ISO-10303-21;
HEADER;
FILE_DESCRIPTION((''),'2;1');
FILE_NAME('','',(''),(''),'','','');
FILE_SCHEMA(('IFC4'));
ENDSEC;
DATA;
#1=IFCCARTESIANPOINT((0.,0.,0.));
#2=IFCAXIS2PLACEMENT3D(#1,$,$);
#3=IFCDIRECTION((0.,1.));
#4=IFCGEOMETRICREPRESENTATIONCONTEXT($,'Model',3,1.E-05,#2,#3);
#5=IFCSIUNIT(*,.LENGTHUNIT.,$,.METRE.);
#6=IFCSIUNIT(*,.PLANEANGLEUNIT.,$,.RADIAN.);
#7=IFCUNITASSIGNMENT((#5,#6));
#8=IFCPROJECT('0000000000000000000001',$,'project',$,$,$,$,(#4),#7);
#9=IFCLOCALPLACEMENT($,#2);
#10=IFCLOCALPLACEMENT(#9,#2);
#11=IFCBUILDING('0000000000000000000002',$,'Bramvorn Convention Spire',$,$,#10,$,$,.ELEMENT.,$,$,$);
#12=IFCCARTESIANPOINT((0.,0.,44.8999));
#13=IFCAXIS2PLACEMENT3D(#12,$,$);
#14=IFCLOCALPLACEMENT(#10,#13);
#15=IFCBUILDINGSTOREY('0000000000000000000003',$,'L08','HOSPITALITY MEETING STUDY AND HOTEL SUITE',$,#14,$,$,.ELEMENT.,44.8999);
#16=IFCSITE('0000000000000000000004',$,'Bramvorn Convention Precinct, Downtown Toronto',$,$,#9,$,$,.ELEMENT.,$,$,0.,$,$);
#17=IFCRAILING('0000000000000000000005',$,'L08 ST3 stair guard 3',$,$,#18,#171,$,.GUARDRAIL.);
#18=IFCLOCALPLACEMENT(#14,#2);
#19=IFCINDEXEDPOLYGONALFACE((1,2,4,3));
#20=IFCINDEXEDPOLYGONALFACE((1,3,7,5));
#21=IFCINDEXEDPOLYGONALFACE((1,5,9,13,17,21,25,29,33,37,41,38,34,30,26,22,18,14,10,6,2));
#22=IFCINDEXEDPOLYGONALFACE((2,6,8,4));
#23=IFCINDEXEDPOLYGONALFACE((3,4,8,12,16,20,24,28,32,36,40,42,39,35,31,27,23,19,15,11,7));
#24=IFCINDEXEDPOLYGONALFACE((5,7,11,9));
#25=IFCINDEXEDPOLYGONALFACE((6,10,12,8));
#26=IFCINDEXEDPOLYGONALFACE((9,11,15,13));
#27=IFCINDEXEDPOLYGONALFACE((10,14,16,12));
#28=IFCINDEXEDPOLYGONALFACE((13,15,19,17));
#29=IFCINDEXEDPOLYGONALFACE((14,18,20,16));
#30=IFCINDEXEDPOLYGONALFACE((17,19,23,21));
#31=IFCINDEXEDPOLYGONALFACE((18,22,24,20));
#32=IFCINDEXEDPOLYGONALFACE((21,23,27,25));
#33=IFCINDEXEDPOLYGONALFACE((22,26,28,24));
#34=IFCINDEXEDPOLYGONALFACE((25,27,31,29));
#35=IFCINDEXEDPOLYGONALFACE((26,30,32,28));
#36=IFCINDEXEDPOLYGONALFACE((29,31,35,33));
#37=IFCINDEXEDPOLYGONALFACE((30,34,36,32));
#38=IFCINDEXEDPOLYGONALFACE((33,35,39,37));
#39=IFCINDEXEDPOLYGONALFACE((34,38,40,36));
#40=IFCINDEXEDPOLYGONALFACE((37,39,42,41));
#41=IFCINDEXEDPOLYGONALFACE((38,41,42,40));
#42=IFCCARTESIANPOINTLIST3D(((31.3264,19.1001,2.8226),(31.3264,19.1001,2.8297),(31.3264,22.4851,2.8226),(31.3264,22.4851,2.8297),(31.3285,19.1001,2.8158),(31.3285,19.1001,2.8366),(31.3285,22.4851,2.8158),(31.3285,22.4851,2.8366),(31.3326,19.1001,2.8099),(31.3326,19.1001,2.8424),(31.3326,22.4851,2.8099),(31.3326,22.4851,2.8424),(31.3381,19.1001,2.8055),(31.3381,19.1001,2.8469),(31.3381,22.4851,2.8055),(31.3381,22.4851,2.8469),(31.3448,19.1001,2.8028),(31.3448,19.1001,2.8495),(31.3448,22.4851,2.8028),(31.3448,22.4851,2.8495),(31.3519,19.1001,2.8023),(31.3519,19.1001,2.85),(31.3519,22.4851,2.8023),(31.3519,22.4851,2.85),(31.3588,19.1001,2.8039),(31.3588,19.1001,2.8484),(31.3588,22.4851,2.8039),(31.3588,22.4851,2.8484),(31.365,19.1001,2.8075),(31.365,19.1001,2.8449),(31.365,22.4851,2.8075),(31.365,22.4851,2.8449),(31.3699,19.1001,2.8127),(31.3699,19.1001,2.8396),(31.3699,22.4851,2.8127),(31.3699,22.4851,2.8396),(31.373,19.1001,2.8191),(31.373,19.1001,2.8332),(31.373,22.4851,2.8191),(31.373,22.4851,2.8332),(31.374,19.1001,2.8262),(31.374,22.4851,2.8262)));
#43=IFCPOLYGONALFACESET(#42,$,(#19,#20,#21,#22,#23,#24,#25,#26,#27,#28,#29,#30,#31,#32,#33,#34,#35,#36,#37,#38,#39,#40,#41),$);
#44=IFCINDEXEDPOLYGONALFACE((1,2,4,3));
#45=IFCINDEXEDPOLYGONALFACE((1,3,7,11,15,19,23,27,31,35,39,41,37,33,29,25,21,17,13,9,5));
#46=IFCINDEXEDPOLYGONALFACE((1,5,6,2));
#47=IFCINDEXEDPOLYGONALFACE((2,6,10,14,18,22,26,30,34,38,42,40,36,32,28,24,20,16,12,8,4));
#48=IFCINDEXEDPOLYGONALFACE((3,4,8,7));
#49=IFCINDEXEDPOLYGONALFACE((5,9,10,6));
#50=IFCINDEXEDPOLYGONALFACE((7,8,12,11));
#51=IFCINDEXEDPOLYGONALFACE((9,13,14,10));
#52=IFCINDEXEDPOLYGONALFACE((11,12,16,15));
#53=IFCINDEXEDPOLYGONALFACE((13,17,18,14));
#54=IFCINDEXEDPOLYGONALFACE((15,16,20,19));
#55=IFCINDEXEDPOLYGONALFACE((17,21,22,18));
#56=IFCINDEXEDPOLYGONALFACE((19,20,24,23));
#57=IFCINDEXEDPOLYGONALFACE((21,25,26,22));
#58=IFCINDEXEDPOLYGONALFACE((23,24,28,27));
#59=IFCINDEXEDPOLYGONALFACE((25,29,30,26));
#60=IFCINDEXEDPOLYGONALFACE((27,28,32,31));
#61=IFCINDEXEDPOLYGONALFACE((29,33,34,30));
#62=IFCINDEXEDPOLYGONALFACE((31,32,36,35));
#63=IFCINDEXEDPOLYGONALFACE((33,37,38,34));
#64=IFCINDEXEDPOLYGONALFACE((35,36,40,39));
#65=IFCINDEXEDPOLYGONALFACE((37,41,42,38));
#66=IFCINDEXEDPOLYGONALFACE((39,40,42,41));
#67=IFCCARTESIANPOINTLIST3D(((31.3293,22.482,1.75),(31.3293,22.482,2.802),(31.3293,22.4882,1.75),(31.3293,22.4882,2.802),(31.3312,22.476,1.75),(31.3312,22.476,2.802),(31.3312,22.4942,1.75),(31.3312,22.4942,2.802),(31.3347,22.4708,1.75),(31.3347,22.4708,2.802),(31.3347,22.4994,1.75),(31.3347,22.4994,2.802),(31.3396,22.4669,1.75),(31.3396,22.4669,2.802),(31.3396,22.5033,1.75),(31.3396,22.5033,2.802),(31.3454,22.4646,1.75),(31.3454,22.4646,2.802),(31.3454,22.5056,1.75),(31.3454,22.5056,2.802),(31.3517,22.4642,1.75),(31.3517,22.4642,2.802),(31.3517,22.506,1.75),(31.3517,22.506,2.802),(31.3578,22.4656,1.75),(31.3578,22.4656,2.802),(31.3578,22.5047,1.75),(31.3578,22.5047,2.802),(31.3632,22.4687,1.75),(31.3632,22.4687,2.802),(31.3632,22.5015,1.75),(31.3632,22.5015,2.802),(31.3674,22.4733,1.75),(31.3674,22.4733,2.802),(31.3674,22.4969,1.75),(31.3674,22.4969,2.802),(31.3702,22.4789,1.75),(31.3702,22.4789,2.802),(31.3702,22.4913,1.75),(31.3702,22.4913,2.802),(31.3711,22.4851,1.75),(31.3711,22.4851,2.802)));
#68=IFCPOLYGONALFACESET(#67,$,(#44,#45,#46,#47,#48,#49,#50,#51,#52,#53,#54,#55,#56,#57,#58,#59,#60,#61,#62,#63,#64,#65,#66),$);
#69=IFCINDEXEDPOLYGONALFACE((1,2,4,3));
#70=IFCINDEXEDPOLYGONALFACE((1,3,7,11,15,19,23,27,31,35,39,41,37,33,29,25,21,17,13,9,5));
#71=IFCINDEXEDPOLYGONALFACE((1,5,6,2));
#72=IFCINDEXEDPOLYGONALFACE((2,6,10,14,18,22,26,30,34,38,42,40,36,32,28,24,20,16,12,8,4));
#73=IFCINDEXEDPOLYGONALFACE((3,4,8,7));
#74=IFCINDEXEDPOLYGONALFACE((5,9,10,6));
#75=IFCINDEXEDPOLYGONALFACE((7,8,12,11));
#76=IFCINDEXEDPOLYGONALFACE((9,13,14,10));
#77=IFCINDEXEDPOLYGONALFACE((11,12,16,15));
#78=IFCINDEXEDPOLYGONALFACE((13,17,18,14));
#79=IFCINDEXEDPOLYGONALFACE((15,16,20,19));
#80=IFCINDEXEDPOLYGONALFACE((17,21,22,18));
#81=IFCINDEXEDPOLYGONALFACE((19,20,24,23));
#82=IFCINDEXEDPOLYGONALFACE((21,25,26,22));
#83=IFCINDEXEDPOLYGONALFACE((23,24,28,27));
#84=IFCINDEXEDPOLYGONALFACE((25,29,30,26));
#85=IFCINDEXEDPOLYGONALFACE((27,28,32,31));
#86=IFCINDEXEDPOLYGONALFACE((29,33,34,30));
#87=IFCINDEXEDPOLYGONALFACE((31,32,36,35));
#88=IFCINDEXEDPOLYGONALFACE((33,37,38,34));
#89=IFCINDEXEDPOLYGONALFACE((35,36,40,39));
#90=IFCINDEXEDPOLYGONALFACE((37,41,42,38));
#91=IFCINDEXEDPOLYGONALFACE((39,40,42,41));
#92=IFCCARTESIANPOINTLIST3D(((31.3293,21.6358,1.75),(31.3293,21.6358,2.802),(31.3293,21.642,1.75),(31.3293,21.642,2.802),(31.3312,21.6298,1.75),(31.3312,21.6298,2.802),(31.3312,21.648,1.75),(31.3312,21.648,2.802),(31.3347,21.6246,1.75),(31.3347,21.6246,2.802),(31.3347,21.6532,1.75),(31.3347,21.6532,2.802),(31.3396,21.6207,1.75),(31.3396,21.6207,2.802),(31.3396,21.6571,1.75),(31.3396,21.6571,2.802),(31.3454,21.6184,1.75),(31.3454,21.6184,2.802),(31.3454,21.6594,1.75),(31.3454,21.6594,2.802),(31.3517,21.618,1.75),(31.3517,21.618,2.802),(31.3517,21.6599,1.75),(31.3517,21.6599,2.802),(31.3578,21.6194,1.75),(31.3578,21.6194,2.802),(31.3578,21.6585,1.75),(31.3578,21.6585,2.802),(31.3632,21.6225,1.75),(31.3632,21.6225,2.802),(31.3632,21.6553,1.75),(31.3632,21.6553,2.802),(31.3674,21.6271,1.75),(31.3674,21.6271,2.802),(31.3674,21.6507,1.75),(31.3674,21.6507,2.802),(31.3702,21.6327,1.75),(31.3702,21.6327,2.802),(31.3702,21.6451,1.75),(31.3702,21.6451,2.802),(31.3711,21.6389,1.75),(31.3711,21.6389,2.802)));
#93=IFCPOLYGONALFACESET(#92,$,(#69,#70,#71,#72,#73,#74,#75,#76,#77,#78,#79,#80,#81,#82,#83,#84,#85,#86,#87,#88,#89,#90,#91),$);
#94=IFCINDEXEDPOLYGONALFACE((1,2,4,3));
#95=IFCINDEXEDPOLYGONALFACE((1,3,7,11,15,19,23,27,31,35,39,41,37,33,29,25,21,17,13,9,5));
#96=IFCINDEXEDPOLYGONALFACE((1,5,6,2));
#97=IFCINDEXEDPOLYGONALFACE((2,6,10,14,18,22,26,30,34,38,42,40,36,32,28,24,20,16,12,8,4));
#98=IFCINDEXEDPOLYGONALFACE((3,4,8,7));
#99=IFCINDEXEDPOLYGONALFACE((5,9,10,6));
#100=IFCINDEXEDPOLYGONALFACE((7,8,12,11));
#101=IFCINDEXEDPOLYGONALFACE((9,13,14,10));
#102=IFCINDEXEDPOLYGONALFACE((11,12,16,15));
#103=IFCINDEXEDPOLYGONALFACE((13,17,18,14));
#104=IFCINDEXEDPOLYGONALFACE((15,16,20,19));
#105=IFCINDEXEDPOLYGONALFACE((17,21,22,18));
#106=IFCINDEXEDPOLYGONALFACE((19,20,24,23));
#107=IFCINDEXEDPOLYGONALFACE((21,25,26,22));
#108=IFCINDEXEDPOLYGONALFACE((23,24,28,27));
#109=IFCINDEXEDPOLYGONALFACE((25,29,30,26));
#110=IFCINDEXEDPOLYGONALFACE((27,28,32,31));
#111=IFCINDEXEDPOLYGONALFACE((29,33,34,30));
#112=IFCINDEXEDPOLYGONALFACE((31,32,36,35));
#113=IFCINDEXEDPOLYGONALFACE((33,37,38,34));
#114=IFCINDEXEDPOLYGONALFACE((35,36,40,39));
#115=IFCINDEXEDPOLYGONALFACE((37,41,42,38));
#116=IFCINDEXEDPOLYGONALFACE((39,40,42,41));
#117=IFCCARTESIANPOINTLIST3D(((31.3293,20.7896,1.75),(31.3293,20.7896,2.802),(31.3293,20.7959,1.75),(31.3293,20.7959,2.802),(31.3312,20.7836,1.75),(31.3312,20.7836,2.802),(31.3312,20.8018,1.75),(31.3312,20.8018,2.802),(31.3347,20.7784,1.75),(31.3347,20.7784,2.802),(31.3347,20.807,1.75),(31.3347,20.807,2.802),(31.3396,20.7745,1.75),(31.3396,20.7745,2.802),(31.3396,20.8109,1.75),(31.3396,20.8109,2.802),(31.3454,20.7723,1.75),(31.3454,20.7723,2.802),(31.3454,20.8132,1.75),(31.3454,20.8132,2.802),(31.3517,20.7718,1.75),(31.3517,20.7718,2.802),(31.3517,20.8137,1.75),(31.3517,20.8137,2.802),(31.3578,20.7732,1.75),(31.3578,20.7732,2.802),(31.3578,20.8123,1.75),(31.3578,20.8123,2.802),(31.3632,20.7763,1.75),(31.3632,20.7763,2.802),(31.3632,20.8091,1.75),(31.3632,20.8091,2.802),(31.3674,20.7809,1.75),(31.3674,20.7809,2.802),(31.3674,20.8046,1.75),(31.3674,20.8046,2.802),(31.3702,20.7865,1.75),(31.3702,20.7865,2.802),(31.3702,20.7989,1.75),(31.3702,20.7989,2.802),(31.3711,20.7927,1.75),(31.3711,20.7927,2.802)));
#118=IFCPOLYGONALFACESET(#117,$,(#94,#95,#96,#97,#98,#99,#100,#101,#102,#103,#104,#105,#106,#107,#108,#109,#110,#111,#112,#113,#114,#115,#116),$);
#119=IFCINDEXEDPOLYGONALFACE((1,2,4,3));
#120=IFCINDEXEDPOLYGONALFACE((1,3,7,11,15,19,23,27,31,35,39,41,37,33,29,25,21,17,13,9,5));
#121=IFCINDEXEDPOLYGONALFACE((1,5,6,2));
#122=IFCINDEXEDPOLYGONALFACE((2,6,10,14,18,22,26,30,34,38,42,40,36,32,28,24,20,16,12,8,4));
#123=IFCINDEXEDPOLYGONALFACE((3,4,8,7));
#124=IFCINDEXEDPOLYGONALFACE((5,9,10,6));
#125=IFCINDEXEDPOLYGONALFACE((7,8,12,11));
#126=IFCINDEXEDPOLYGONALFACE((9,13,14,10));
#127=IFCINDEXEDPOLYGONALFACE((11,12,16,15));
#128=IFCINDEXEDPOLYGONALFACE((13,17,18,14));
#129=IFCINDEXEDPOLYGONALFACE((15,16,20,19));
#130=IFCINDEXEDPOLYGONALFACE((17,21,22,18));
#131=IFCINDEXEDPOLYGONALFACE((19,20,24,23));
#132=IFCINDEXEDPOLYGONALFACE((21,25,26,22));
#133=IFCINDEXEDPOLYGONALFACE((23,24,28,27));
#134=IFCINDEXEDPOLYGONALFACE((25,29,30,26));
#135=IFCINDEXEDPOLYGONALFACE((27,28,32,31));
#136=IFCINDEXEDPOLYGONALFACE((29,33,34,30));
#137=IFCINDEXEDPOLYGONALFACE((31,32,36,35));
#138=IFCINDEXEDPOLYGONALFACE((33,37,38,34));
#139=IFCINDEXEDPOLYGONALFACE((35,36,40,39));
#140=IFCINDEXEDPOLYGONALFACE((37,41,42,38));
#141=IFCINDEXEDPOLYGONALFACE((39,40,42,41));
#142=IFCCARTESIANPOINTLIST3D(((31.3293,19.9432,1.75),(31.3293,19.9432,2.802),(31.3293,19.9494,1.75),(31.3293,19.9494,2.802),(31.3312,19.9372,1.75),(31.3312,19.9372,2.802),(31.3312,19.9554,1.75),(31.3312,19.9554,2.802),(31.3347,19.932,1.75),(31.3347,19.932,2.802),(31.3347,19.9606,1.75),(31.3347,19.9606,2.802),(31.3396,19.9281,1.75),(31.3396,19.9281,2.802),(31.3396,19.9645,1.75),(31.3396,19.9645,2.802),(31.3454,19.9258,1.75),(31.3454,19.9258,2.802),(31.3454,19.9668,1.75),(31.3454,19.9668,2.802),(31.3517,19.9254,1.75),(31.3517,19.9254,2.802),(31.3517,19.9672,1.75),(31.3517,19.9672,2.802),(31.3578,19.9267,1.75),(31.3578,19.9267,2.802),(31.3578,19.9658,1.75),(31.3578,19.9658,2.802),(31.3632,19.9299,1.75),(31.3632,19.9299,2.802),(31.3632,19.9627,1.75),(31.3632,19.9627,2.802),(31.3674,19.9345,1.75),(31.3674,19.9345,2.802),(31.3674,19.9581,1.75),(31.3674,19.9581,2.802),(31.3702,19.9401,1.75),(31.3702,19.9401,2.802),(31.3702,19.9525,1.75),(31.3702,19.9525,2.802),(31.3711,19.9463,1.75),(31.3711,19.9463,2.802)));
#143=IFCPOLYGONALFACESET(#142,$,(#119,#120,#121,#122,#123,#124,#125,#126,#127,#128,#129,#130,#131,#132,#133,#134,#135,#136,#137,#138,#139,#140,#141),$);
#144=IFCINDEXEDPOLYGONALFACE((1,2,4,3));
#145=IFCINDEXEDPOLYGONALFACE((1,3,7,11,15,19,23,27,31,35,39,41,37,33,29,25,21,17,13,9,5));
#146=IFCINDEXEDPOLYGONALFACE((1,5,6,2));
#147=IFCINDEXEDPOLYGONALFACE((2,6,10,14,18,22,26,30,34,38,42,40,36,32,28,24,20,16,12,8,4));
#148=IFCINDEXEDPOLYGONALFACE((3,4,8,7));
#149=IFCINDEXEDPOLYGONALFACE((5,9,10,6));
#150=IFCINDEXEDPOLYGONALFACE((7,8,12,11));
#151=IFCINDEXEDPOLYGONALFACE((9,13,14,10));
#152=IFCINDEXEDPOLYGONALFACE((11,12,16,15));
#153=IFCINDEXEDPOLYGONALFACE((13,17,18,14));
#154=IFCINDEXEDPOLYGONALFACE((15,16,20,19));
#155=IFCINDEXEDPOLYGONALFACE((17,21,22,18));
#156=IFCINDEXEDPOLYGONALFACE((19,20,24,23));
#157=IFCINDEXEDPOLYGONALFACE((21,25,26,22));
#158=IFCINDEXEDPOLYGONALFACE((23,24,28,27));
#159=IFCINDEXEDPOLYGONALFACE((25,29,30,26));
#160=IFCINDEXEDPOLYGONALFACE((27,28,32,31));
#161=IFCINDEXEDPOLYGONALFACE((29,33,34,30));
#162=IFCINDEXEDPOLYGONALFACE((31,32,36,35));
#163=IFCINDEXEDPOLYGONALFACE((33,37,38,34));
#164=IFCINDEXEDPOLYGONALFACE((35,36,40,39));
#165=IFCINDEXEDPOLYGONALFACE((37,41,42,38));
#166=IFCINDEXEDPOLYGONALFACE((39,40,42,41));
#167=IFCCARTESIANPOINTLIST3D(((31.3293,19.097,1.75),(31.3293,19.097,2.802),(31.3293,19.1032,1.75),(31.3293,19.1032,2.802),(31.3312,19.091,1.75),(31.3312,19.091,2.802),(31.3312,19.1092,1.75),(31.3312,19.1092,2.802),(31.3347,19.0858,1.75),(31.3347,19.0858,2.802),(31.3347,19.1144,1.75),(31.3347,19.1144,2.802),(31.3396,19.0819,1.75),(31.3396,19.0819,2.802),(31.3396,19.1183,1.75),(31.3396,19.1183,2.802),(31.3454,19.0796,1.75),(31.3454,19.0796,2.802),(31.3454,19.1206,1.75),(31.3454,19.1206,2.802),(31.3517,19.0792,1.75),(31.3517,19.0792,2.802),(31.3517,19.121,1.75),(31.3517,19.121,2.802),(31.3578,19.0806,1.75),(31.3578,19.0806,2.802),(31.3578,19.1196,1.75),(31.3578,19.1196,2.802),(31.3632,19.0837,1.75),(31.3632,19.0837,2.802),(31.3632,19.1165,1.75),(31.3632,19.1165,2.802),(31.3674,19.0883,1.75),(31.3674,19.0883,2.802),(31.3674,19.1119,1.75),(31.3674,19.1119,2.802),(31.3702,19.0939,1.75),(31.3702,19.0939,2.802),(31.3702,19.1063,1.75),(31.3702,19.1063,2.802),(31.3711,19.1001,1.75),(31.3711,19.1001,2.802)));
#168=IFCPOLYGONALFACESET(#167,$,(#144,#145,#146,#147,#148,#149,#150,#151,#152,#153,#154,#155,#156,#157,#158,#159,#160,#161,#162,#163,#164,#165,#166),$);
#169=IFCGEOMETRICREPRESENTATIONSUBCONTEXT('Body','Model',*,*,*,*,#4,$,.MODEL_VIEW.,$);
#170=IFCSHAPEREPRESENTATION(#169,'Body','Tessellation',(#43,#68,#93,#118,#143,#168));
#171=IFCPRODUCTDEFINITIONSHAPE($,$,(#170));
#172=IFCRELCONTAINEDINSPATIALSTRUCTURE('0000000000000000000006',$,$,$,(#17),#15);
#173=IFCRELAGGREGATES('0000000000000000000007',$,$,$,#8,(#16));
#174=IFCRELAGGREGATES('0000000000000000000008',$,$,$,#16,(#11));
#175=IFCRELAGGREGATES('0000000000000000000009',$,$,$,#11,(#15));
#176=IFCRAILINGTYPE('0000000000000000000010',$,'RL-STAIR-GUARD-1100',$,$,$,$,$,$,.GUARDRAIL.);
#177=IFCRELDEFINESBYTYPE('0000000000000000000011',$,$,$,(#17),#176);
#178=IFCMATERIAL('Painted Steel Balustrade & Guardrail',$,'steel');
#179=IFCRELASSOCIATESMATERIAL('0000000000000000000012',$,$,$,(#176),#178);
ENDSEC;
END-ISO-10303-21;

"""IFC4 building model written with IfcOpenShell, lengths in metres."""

from ifc_helpers import new_model, si_unit, direction, frame, origin, origin_2d, place, context, subcontext, project, spatial, circle, extrude, material, type_object, element, save


model = new_model("IFC4")

# Units and contexts
model_context = context("Model", 3, precision=1e-05, world=origin(), true_north=direction((0.0, 1.0)))
body_context = subcontext(model_context, "Body", "Model", "MODEL_VIEW")
ifc_project = project(units=[si_unit("LENGTHUNIT", "METRE"), si_unit("PLANEANGLEUNIT", "RADIAN")], contexts=[model_context])

# Site, building, storey
site_placement = place(None, origin())
site = spatial("IfcSite", under=ifc_project, at=site_placement, Name="Bramvorn Convention Precinct, Downtown Toronto", CompositionType="ELEMENT", RefElevation=0.0)
building_placement = place(site_placement, origin())
building = spatial("IfcBuilding", under=site, at=building_placement, Name="Bramvorn Convention Spire", CompositionType="ELEMENT")
storey_placement = place(building_placement, frame((0.0, 0.0, 44.8999)))
storey = spatial("IfcBuildingStorey", under=building, at=storey_placement, Name="L08", Description="HOSPITALITY MEETING STUDY AND HOTEL SUITE", CompositionType="ELEMENT", Elevation=44.8999)

# Railing
ifc_material_1 = material(Name="Painted Steel Balustrade & Guardrail", Category="steel")
railing_type_1 = type_object("IfcRailingType", Name="RL-STAIR-GUARD-1100", PredefinedType="GUARDRAIL", material=ifc_material_1)
railing_1_placement = place(storey_placement, frame((31.3501, 22.4851, 1.75)))
element("IfcRailing", 1, at=railing_1_placement, inside=storey, type_object=railing_type_1, Name="L08 ST3 stair guard 3", PredefinedType="GUARDRAIL", context=body_context, shape_type="SweptSolid", body=[
    extrude(circle(Radius=0.0239, at=origin_2d()), frame((0.0, 0.0, 1.0762), z_axis=(0.0, -1.0, 0.0), x_axis=(1.0, 0.0, 0.0)), (0.0, 0.0, 1.0), 3.385),
    extrude(circle(Radius=0.021, at=origin_2d()), origin(), (0.0, 0.0, 1.0), 1.052),
    extrude(circle(Radius=0.021, at=origin_2d()), frame((0.0, -0.8462, 0.0)), (0.0, 0.0, 1.0), 1.052),
    extrude(circle(Radius=0.021, at=origin_2d()), frame((0.0, -1.6924, 0.0)), (0.0, 0.0, 1.0), 1.052),
    extrude(circle(Radius=0.021, at=origin_2d()), frame((0.0, -2.5388, 0.0)), (0.0, 0.0, 1.0), 1.052),
    extrude(circle(Radius=0.021, at=origin_2d()), frame((0.0, -3.385, 0.0)), (0.0, 0.0, 1.0), 1.052),
])

save(model, "model.ifc")
